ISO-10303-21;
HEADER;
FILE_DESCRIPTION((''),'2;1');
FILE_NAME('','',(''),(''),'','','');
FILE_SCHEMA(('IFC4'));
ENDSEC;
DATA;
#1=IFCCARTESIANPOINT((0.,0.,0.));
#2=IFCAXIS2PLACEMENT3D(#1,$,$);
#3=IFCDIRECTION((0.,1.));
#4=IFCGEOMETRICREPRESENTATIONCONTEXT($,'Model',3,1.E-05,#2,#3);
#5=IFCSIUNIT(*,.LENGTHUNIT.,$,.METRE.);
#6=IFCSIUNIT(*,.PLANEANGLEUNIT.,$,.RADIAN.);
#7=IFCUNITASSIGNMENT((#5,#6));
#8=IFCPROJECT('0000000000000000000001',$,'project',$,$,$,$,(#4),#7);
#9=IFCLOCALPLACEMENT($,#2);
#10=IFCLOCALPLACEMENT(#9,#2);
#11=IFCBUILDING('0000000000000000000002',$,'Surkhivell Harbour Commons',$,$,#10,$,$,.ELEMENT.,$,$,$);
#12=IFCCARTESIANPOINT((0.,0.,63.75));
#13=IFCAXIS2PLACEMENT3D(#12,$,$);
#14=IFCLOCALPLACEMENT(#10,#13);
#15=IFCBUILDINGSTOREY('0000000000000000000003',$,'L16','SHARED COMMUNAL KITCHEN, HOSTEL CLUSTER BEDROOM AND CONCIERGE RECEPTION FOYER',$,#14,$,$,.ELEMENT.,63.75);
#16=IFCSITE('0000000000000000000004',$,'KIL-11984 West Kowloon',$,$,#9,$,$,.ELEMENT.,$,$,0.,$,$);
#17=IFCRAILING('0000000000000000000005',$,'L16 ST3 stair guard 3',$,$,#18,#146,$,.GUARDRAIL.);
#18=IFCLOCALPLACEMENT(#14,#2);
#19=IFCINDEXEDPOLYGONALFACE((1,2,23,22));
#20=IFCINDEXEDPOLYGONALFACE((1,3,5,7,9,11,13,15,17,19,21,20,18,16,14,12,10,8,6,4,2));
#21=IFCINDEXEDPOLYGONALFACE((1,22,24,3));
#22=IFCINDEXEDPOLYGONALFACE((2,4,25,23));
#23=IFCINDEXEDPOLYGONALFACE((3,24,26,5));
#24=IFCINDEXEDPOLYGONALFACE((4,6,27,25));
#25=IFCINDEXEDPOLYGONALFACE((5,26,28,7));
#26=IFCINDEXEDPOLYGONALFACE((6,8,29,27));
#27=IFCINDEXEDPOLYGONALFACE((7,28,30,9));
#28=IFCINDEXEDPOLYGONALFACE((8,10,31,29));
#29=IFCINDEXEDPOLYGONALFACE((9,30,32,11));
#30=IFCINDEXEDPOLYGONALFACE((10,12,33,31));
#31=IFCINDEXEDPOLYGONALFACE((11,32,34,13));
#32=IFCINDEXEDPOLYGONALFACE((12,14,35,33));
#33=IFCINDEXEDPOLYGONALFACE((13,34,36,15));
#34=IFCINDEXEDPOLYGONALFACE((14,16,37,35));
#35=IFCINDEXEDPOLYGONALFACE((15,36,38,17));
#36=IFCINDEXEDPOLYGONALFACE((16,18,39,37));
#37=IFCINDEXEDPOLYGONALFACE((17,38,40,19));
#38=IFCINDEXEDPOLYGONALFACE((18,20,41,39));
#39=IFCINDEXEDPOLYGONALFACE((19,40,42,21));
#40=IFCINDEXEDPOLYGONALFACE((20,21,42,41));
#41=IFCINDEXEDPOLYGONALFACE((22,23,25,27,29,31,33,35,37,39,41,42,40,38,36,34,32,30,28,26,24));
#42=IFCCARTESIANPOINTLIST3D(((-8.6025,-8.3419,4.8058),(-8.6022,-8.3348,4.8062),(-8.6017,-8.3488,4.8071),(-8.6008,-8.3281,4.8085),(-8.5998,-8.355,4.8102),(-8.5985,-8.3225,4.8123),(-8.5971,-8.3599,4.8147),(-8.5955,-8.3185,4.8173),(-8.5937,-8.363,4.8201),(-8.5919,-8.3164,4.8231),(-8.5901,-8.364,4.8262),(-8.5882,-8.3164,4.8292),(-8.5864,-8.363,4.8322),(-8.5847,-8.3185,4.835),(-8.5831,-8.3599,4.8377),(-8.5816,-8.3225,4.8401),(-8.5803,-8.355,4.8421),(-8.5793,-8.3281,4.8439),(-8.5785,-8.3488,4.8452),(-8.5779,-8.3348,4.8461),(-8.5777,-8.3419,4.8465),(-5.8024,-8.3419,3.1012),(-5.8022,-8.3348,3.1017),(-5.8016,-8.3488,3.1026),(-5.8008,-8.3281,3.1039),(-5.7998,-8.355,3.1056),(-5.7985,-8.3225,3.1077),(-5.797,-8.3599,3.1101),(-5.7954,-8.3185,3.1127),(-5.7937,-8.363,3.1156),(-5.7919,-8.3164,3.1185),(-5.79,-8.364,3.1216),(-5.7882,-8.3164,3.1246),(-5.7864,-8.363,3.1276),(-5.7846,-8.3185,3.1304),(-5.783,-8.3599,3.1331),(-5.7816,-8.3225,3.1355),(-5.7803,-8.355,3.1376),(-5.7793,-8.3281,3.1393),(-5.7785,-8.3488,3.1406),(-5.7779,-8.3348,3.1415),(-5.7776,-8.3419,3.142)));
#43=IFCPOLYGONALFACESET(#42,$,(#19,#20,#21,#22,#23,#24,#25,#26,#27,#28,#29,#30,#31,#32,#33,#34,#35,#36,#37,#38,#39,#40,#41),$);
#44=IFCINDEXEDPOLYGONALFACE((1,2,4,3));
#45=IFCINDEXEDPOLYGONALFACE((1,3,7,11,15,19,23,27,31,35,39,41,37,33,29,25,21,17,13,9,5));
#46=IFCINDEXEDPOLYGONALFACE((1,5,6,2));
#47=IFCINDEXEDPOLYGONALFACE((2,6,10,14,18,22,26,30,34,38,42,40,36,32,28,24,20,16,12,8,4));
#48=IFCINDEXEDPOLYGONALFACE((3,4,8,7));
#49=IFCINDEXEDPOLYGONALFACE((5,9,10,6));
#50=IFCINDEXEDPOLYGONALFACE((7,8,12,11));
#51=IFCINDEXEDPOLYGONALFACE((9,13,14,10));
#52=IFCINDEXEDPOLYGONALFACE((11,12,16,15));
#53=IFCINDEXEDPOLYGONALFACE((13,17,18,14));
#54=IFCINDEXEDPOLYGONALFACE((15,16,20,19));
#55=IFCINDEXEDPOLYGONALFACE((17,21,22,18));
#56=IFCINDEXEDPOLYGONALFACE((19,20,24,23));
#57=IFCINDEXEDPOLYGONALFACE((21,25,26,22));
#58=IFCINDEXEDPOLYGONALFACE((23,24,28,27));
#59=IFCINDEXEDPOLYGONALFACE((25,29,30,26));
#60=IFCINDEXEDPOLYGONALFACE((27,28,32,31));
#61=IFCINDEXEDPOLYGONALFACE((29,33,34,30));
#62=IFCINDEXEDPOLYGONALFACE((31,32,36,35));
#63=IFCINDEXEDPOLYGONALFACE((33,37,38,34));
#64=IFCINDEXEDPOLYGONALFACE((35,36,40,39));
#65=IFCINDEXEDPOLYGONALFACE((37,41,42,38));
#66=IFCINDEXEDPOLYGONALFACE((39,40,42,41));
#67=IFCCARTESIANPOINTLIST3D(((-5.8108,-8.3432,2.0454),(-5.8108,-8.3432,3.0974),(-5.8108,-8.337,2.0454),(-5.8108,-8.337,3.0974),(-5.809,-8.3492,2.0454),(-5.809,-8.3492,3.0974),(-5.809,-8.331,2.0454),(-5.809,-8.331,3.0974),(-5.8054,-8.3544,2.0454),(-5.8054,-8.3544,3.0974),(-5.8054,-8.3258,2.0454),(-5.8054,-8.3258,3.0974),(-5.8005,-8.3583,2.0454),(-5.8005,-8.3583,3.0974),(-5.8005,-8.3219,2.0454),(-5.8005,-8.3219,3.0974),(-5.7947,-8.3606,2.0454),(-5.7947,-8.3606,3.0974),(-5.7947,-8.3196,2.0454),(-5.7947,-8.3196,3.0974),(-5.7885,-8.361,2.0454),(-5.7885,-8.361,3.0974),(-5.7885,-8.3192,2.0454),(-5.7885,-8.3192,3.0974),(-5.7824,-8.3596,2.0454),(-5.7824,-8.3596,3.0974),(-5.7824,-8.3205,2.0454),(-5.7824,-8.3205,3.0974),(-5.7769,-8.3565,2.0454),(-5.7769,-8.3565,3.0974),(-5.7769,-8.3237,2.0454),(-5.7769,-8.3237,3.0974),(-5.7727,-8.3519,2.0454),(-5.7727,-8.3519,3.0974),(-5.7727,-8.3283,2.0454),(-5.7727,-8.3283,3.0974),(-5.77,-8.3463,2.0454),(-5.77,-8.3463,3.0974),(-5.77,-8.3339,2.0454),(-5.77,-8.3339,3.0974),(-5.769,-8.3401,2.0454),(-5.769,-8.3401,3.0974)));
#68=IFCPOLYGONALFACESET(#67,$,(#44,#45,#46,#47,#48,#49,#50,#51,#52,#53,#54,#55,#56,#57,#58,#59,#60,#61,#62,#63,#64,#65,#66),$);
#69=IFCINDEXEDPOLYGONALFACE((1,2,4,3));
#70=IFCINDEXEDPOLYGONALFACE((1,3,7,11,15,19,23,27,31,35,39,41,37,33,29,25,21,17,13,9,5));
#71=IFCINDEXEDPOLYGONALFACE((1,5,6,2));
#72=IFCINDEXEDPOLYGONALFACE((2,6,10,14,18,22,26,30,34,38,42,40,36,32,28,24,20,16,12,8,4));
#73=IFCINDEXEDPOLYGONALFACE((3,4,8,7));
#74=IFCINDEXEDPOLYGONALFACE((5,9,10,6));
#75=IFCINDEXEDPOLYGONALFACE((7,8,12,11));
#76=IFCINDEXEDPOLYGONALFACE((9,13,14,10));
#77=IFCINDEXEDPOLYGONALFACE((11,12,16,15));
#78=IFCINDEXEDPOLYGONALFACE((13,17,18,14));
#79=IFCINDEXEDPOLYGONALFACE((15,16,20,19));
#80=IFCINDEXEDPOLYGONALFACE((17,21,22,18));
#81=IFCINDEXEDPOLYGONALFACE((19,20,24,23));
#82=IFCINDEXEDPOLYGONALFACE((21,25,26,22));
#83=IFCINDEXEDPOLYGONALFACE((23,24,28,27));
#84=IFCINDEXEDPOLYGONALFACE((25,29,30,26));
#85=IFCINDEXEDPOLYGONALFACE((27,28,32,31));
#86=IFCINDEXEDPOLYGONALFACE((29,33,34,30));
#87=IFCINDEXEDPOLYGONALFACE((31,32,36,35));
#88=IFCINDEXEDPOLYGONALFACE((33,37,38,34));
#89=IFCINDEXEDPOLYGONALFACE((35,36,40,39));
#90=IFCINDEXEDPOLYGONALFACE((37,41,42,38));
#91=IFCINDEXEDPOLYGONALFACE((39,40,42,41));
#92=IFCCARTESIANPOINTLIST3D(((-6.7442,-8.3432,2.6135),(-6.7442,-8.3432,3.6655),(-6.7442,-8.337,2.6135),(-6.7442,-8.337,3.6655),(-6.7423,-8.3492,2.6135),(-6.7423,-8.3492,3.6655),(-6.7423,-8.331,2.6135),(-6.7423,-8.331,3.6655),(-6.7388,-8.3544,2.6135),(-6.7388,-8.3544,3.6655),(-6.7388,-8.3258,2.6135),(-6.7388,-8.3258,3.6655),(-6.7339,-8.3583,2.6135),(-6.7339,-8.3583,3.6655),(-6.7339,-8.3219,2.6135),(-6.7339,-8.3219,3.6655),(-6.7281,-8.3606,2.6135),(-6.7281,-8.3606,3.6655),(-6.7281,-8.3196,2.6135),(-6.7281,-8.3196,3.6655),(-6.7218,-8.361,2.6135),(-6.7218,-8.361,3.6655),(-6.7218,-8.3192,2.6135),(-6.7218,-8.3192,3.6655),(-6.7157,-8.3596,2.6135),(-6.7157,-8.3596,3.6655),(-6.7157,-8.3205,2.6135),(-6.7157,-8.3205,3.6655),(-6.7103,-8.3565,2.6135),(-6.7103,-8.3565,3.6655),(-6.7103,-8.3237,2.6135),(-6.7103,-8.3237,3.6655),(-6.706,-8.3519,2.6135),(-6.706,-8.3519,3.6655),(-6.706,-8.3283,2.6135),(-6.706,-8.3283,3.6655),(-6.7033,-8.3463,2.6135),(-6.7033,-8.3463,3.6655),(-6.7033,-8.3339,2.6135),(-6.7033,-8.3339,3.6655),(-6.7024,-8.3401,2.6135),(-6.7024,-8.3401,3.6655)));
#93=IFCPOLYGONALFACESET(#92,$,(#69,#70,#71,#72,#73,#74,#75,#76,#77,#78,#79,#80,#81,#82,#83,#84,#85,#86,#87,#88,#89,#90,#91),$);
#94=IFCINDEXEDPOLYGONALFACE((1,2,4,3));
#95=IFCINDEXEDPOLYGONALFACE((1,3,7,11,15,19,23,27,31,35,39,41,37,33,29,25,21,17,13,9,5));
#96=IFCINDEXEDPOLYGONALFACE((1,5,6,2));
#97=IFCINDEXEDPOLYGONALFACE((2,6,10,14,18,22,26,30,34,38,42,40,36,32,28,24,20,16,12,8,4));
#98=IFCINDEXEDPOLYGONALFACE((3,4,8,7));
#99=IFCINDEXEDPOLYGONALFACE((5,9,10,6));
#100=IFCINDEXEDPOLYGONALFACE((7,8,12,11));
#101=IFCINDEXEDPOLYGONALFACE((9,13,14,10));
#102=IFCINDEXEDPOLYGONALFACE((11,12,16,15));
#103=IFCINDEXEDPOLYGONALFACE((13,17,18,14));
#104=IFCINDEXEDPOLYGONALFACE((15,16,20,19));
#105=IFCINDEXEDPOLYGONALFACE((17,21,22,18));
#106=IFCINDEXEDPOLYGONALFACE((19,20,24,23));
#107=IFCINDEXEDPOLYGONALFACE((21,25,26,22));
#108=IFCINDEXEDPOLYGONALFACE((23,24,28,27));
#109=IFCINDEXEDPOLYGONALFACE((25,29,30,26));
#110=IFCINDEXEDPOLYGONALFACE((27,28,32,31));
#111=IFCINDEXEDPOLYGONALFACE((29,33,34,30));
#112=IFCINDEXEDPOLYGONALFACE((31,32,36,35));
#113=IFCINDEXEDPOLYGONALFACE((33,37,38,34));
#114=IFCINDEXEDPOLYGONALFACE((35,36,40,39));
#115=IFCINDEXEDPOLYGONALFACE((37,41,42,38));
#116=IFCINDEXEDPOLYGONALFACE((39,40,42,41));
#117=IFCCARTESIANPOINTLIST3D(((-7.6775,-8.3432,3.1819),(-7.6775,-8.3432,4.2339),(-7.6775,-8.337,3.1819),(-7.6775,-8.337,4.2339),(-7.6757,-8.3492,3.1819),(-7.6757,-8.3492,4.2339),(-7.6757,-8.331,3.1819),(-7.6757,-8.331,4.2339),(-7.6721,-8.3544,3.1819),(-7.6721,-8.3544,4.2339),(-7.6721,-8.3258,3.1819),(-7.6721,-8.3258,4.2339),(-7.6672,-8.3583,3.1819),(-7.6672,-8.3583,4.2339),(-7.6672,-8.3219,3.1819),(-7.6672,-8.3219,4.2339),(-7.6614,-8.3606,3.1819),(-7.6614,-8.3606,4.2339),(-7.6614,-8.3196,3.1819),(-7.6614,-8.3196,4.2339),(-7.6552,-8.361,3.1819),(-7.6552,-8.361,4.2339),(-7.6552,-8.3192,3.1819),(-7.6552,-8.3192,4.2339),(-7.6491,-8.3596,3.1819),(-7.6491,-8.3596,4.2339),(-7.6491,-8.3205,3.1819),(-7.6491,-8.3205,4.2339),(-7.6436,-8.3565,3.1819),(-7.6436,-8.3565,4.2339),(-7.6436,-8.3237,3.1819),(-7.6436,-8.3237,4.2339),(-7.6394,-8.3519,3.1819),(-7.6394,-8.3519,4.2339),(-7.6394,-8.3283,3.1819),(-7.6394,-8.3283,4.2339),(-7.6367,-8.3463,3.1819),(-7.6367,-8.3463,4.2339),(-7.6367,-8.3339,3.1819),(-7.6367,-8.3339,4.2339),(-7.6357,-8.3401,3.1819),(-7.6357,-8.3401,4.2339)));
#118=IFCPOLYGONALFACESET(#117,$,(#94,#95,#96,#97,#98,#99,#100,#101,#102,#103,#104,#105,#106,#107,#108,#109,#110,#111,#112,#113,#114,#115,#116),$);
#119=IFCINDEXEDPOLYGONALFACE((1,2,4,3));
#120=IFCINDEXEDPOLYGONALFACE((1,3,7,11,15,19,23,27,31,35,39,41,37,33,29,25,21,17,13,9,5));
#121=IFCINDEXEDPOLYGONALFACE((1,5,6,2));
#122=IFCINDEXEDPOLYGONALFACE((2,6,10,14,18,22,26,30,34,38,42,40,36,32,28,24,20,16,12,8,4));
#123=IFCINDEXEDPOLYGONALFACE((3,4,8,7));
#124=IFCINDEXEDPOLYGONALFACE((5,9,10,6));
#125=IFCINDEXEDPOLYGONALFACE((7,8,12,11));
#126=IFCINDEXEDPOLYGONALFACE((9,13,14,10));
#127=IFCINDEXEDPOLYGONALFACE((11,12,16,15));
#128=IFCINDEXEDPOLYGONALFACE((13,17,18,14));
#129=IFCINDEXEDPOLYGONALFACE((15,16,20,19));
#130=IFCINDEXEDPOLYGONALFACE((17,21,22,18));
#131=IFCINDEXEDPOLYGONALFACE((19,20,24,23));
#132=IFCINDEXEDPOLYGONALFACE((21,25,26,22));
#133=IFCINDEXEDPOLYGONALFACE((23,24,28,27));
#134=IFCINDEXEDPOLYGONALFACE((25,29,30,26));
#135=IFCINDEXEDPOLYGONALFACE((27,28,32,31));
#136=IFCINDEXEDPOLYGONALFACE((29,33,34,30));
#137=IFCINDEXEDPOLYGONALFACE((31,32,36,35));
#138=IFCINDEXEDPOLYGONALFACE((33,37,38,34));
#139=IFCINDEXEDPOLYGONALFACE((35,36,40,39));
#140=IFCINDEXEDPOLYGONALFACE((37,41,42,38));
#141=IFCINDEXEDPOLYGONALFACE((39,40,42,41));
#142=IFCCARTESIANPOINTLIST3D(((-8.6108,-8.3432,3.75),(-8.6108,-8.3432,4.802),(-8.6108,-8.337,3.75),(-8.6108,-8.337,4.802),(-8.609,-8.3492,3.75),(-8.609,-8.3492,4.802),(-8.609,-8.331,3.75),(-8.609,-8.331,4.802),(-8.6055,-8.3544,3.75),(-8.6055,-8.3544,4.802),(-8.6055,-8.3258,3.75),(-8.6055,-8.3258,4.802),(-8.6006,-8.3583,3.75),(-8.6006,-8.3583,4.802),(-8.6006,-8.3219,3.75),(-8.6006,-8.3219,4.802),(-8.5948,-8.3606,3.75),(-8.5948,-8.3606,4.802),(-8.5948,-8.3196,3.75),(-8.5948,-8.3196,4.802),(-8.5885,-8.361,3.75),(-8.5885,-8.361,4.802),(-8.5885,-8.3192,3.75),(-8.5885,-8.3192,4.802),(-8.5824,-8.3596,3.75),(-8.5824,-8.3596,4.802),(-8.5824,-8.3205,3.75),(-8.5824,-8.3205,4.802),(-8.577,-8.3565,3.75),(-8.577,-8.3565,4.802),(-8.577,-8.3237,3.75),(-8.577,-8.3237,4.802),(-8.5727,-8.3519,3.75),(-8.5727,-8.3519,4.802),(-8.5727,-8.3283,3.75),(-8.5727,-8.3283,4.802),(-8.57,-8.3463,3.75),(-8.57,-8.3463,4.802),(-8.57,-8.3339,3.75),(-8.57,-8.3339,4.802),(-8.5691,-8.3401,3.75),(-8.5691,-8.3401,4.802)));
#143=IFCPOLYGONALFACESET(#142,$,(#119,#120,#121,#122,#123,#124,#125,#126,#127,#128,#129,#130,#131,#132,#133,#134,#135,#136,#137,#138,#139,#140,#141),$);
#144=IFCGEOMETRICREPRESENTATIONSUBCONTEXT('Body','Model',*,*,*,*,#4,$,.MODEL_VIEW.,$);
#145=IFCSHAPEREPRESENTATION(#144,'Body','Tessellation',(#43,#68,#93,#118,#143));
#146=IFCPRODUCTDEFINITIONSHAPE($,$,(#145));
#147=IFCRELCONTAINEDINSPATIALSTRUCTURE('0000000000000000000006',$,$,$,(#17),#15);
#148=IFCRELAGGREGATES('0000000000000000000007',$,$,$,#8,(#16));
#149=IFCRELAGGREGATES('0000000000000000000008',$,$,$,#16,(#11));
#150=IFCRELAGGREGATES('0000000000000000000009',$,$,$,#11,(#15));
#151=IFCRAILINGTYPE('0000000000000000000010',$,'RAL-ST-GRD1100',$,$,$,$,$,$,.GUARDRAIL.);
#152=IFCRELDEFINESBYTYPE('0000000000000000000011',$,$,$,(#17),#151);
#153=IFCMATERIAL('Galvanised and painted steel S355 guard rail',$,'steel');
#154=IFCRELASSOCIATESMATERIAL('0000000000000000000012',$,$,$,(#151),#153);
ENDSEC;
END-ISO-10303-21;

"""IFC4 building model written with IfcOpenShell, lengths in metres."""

from ifc_helpers import new_model, si_unit, direction, frame, origin, origin_2d, place, context, subcontext, project, spatial, circle, extrude, material, type_object, element, save


model = new_model("IFC4")

# Units and contexts
model_context = context("Model", 3, precision=1e-05, world=origin(), true_north=direction((0.0, 1.0)))
body_context = subcontext(model_context, "Body", "Model", "MODEL_VIEW")
ifc_project = project(units=[si_unit("LENGTHUNIT", "METRE"), si_unit("PLANEANGLEUNIT", "RADIAN")], contexts=[model_context])

# Site, building, storey
site_placement = place(None, origin())
site = spatial("IfcSite", under=ifc_project, at=site_placement, Name="KIL-11984 West Kowloon", CompositionType="ELEMENT", RefElevation=0.0)
building_placement = place(site_placement, origin())
building = spatial("IfcBuilding", under=site, at=building_placement, Name="Surkhivell Harbour Commons", CompositionType="ELEMENT")
storey_placement = place(building_placement, frame((0.0, 0.0, 63.75)))
storey = spatial("IfcBuildingStorey", under=building, at=storey_placement, Name="L16", Description="SHARED COMMUNAL KITCHEN, HOSTEL CLUSTER BEDROOM AND CONCIERGE RECEPTION FOYER", CompositionType="ELEMENT", Elevation=63.75)

# Railing
ifc_material_1 = material(Name="Galvanised and painted steel S355 guard rail", Category="steel")
railing_type_1 = type_object("IfcRailingType", Name="RAL-ST-GRD1100", PredefinedType="GUARDRAIL", material=ifc_material_1)
railing_1_placement = place(storey_placement, frame((-5.79, -8.3401, 2.0454)))
element("IfcRailing", 1, at=railing_1_placement, inside=storey, type_object=railing_type_1, Name="L16 ST3 stair guard 3", PredefinedType="GUARDRAIL", context=body_context, shape_type="SweptSolid", body=[
    extrude(circle(Radius=0.0239, at=origin_2d()), frame((0.0, 0.0, 1.0762), z_axis=(-0.85417, 0.0, 0.519994), x_axis=(0.0, -1.0, 0.0)), (0.0, 0.0, 1.0), 3.2781),
    extrude(circle(Radius=0.021, at=origin_2d()), origin(), (0.0, 0.0, 1.0), 1.052),
    extrude(circle(Radius=0.021, at=origin_2d()), frame((-0.9333, 0.0, 0.5681)), (0.0, 0.0, 1.0), 1.052),
    extrude(circle(Radius=0.021, at=origin_2d()), frame((-1.8667, 0.0, 1.1365)), (0.0, 0.0, 1.0), 1.052),
    extrude(circle(Radius=0.021, at=origin_2d()), frame((-2.8, 0.0, 1.7046)), (0.0, 0.0, 1.0), 1.052),
])

save(model, "model.ifc")
